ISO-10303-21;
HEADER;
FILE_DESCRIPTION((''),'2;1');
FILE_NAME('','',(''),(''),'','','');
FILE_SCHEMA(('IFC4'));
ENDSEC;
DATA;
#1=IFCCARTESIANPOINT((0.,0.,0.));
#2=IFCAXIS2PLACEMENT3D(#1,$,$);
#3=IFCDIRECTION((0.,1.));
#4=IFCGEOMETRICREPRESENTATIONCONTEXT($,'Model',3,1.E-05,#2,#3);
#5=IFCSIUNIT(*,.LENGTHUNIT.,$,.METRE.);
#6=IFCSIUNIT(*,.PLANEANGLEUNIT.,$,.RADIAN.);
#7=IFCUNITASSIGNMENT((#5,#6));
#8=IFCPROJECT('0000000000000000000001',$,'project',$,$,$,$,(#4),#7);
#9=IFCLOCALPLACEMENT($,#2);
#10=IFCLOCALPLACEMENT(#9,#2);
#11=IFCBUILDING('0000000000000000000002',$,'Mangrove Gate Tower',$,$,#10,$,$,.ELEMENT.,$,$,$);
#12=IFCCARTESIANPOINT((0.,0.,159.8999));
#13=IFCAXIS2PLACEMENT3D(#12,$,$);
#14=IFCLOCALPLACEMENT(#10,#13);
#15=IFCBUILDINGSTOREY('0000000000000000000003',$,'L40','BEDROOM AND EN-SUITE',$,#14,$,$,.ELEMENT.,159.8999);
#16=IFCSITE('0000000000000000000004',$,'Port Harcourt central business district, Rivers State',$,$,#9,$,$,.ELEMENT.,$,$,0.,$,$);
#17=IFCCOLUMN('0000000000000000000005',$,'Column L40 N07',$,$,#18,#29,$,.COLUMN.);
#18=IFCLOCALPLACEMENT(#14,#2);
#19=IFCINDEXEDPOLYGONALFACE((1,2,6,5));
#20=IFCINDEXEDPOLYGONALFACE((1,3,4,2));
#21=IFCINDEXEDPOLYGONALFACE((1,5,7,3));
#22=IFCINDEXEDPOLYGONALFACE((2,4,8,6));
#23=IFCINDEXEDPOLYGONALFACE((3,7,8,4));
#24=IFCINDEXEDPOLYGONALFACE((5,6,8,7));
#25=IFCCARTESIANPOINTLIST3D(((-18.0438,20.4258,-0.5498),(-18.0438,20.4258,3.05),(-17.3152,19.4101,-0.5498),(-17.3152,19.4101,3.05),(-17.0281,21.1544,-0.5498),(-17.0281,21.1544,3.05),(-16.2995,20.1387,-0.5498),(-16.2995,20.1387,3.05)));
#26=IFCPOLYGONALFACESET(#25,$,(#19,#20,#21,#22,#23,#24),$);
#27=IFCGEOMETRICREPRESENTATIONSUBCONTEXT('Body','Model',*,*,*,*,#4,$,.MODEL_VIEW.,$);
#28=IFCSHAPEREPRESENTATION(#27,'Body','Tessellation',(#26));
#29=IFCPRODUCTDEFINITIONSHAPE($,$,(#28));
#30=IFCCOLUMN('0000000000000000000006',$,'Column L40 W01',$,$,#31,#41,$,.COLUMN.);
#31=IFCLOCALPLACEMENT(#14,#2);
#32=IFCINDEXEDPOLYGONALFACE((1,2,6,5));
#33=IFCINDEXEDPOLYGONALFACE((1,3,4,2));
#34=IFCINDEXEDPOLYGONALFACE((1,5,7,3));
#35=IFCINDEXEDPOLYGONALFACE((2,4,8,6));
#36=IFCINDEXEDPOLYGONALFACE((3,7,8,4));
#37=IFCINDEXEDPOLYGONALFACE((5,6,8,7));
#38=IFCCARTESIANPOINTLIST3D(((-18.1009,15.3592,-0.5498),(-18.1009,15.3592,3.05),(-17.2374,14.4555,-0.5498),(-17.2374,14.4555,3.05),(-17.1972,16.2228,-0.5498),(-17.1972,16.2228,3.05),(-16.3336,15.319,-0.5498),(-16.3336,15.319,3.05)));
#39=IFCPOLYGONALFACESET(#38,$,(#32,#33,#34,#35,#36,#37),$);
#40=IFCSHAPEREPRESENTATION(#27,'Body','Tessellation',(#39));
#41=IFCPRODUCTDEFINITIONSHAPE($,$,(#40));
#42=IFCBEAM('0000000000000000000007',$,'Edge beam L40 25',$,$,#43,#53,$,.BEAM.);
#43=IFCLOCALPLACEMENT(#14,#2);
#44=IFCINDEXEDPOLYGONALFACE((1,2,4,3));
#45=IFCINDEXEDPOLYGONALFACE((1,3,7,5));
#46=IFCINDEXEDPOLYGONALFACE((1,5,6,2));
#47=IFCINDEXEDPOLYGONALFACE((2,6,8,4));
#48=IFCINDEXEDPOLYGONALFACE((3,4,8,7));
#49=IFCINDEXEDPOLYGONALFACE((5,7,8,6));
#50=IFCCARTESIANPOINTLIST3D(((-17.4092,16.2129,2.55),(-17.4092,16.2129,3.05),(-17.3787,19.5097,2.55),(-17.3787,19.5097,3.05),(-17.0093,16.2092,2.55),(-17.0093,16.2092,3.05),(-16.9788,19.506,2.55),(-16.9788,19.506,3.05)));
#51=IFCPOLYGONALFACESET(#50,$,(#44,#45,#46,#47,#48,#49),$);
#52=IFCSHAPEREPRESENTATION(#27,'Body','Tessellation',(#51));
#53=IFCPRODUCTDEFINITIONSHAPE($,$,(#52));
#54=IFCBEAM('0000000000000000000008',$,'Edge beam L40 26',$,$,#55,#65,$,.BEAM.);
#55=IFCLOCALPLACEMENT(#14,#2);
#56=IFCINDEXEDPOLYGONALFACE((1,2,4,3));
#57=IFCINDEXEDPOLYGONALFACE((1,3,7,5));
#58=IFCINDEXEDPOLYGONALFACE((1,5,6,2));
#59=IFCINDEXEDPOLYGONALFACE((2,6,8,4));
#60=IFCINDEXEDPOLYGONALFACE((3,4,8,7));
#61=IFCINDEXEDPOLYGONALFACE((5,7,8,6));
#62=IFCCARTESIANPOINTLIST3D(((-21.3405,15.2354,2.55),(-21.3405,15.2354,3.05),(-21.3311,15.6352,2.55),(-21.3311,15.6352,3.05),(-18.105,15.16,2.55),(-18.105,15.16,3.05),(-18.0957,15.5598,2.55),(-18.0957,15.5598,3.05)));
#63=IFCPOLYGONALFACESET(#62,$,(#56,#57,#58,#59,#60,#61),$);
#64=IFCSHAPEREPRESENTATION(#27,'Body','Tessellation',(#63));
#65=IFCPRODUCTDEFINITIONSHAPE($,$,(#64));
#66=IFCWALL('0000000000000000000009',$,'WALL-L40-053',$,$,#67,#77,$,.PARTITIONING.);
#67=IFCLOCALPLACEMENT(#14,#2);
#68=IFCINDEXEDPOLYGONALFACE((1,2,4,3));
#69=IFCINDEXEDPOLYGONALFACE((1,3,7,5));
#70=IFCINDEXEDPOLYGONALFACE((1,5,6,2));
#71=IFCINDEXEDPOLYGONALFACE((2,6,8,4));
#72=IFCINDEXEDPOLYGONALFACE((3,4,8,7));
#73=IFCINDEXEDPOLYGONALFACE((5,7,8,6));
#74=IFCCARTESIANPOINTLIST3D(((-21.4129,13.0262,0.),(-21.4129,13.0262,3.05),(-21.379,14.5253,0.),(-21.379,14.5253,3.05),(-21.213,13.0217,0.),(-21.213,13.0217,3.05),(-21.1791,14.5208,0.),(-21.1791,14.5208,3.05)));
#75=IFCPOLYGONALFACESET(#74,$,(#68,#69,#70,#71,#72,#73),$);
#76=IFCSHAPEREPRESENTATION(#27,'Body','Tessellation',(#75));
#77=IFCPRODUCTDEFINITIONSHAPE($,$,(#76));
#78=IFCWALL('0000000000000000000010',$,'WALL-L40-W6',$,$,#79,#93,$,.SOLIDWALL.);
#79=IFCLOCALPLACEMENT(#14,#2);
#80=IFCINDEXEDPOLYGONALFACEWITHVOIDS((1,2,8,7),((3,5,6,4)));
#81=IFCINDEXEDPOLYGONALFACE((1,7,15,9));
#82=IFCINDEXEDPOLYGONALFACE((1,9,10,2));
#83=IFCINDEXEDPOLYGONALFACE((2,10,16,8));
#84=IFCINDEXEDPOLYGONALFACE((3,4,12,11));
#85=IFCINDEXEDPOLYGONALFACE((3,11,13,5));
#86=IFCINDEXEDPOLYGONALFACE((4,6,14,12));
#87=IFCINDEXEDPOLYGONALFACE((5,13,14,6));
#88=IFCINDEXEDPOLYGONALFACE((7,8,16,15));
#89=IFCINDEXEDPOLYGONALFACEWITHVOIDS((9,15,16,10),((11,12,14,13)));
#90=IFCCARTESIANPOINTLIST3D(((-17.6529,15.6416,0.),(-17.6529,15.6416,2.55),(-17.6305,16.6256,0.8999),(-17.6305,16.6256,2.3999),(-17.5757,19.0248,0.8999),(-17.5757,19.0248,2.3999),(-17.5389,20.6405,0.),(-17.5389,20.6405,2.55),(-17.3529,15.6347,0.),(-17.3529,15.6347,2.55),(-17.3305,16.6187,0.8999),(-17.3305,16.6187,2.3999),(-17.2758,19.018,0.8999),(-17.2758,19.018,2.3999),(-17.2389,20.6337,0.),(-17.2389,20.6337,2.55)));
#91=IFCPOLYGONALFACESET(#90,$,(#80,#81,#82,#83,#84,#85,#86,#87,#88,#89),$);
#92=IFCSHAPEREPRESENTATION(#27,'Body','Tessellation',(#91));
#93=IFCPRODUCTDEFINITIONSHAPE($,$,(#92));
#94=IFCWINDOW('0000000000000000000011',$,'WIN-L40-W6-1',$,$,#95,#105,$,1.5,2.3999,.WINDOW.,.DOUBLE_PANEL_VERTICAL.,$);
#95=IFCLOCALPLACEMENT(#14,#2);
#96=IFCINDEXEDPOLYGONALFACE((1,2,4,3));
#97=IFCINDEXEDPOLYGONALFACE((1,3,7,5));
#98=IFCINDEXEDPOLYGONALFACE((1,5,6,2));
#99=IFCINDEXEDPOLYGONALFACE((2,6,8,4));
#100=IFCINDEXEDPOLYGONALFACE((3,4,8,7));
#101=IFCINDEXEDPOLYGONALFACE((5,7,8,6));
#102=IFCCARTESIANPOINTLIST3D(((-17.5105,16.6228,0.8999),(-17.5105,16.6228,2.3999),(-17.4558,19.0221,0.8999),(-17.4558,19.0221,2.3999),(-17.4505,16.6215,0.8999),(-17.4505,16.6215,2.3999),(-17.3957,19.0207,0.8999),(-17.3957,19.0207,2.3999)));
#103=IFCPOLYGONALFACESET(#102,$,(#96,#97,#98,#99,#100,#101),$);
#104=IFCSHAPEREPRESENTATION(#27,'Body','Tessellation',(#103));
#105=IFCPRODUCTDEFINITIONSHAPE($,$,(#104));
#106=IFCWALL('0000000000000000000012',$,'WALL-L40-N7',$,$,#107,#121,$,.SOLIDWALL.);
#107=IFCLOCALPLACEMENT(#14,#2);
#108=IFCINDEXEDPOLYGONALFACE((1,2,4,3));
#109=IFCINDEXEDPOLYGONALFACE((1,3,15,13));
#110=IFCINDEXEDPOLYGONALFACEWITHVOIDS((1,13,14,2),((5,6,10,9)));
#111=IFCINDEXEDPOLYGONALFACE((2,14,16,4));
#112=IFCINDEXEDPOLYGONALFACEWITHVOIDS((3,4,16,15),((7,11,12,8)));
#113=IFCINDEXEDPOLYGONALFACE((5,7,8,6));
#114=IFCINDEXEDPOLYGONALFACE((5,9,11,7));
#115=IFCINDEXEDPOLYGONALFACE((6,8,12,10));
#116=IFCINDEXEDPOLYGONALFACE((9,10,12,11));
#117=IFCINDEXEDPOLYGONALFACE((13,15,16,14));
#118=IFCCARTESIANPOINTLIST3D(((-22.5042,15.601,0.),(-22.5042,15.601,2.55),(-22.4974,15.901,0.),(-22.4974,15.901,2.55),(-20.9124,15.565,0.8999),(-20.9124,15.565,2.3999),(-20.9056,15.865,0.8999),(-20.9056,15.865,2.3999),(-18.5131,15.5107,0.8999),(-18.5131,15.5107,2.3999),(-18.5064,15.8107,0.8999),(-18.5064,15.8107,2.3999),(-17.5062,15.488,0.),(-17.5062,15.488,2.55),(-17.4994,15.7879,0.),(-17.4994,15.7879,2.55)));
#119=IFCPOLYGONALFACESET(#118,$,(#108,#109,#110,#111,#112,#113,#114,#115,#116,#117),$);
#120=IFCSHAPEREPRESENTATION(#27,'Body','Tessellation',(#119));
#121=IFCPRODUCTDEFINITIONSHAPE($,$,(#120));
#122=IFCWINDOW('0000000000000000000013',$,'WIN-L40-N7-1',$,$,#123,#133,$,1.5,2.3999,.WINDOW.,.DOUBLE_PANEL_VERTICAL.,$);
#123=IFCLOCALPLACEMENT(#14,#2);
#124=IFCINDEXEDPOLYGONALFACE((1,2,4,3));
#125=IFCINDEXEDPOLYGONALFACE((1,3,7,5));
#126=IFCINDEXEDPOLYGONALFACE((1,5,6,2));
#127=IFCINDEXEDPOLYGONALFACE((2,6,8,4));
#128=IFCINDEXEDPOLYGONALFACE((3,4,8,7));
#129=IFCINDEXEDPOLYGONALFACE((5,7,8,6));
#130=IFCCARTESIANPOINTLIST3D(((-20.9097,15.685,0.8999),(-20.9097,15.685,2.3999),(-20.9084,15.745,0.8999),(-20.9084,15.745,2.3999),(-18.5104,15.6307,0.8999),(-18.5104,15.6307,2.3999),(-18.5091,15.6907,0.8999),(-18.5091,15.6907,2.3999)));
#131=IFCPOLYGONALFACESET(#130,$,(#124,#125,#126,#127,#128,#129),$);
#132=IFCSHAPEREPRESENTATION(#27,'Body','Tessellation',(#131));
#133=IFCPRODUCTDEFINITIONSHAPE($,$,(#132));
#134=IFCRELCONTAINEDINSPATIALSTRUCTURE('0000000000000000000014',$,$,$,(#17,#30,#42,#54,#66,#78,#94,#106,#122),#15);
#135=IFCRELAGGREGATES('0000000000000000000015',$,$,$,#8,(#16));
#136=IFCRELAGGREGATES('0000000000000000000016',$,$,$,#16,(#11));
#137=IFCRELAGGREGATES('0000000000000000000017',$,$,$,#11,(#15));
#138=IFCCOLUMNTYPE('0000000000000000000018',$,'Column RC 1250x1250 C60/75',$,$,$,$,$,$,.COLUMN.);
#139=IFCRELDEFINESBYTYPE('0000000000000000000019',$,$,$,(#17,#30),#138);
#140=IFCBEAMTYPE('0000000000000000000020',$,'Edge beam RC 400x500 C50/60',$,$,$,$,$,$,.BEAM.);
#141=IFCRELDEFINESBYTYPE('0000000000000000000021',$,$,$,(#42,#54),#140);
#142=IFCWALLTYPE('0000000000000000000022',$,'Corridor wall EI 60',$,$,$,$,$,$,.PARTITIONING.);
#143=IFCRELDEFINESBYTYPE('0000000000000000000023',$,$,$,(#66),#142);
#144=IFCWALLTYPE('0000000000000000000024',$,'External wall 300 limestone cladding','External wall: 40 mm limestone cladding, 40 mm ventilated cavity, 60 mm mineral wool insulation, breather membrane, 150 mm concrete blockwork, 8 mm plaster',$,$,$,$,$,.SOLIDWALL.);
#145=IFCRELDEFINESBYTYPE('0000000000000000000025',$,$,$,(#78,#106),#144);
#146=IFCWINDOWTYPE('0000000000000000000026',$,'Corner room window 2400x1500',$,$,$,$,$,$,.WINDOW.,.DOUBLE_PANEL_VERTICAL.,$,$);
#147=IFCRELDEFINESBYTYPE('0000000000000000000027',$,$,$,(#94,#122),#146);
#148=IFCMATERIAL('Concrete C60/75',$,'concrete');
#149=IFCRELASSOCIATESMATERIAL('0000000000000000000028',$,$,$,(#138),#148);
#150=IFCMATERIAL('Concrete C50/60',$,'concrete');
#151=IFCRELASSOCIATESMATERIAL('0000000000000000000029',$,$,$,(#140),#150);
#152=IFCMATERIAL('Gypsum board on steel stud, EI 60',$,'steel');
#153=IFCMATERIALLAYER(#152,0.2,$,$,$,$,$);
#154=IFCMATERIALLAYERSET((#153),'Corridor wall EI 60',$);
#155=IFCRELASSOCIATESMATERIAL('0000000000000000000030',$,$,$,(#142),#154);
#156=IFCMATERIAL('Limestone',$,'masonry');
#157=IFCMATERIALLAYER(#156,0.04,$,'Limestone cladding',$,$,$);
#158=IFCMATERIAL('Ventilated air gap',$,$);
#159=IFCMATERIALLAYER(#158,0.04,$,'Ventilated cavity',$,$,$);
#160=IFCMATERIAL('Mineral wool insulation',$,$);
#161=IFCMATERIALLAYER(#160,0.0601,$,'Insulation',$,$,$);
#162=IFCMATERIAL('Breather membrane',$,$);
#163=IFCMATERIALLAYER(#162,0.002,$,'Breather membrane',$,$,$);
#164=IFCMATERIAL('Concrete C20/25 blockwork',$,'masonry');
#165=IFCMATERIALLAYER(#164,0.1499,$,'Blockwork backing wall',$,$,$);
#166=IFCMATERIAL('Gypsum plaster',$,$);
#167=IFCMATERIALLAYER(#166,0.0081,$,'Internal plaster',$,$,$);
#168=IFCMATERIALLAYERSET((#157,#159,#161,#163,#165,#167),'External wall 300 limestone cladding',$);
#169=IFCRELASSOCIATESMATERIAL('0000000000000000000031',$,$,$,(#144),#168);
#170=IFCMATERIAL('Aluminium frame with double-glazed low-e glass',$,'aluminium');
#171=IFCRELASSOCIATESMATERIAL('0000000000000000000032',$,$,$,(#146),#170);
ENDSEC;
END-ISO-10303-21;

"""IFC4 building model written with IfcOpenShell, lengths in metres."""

from ifc_helpers import new_model, si_unit, direction, frame, frame_2d, origin, origin_2d, place, context, subcontext, project, spatial, rectangle, extrude, material, layer, layer_set, material_profile, profile_set, type_object, element, fill, save


model = new_model("IFC4")

# Units and contexts
model_context = context("Model", 3, precision=1e-05, world=origin(), true_north=direction((0.0, 1.0)))
body_context = subcontext(model_context, "Body", "Model", "MODEL_VIEW")
ifc_project = project(units=[si_unit("LENGTHUNIT", "METRE"), si_unit("PLANEANGLEUNIT", "RADIAN")], contexts=[model_context])

# Site, building, storey
site_placement = place(None, origin())
site = spatial("IfcSite", under=ifc_project, at=site_placement, Name="Port Harcourt central business district, Rivers State", CompositionType="ELEMENT", RefElevation=0.0)
building_placement = place(site_placement, origin())
building = spatial("IfcBuilding", under=site, at=building_placement, Name="Mangrove Gate Tower", CompositionType="ELEMENT")
storey_placement = place(building_placement, frame((0.0, 0.0, 159.8999)))
storey = spatial("IfcBuildingStorey", under=building, at=storey_placement, Name="L40", Description="BEDROOM AND EN-SUITE", CompositionType="ELEMENT", Elevation=159.8999)

# Columns
ifc_material_1 = material(Name="Concrete C60/75", Category="concrete")
ifc_material_profile_1 = material_profile(ifc_material_1, rectangle(XDim=1.25, YDim=1.25, at=origin_2d()))
ifc_profile_set_1 = profile_set([ifc_material_profile_1], Name="Concrete C60/75")
column_type = type_object("IfcColumnType", Name="Column RC 1250x1250 C60/75", PredefinedType="COLUMN", material=ifc_profile_set_1)
for number, where, z_axis, x_axis, name in (
    (1, (-17.1716, 20.2822, -0.5498), (0.0, 0.0, 1.0), (-0.812546, -0.582898, 0.0), "Column L40 N07"),
    (2, (-17.2173, 15.3391, -0.5498), (0.0, 0.0, 1.0), (-0.722977, -0.690873, 0.0), "Column L40 W01"),
):
    element("IfcColumn", number, at=place(storey_placement, frame(where, z_axis=z_axis, x_axis=x_axis)), inside=storey, type_object=column_type, Name=name, PredefinedType="COLUMN", context=body_context, shape_type="SweptSolid", body=[
        extrude(rectangle(XDim=1.25, YDim=1.25, at=origin_2d()), origin(), (0.0, 0.0, 1.0), 3.5999),
    ])

# Beams
ifc_material_2 = material(Name="Concrete C50/60", Category="concrete")
ifc_material_profile_2 = material_profile(ifc_material_2, rectangle(XDim=0.3999, YDim=0.5, at=origin_2d()))
ifc_profile_set_2 = profile_set([ifc_material_profile_2], Name="Concrete C50/60")
beam_type = type_object("IfcBeamType", Name="Edge beam RC 400x500 C50/60", PredefinedType="BEAM", material=ifc_profile_set_2)
beam_1_placement = place(storey_placement, frame((-17.1787, 19.5078, 2.8), z_axis=(-0.009257, -0.999957, 0.0), x_axis=(0.999957, -0.009257, 0.0)))
element("IfcBeam", 3, at=beam_1_placement, inside=storey, type_object=beam_type, Name="Edge beam L40 25", PredefinedType="BEAM", context=body_context, shape_type="SweptSolid", body=[
    extrude(rectangle(XDim=0.3999, YDim=0.5, at=origin_2d()), origin(), (0.0, 0.0, 1.0), 3.2969),
])
beam_2_placement = place(storey_placement, frame((-18.1003, 15.3599, 2.8), z_axis=(-0.999728, 0.023311, 0.0), x_axis=(-0.023311, -0.999728, 0.0)))
element("IfcBeam", 4, at=beam_2_placement, inside=storey, type_object=beam_type, Name="Edge beam L40 26", PredefinedType="BEAM", context=body_context, shape_type="SweptSolid", body=[
    extrude(rectangle(XDim=0.3999, YDim=0.5, at=origin_2d()), origin(), (0.0, 0.0, 1.0), 3.2363),
])

# Wall
ifc_material_3 = material(Name="Gypsum board on steel stud, EI 60", Category="steel")
ifc_layer_1 = layer(ifc_material_3, 0.2)
ifc_layer_set_1 = layer_set([ifc_layer_1], Name="Corridor wall EI 60")
wall_type_1 = type_object("IfcWallType", Name="Corridor wall EI 60", PredefinedType="PARTITIONING", material=ifc_layer_set_1)
wall_1_placement = place(storey_placement, frame((-21.313, 13.0239, 0.0), z_axis=(0.0, 0.0, 1.0), x_axis=(0.022633, 0.999744, 0.0)))
element("IfcWall", 5, at=wall_1_placement, inside=storey, type_object=wall_type_1, Name="WALL-L40-053", PredefinedType="PARTITIONING", context=body_context, shape_type="SweptSolid", body=[
    extrude(rectangle(XDim=1.4995, YDim=0.2, at=frame_2d((0.7498, 0.0))), origin(), (0.0, 0.0, 1.0), 3.05),
])

# Walls, openings, windows
ifc_material_4 = material(Name="Limestone", Category="masonry")
ifc_layer_2 = layer(ifc_material_4, 0.04, Name="Limestone cladding")
ifc_material_5 = material(Name="Ventilated air gap")
ifc_layer_3 = layer(ifc_material_5, 0.04, Name="Ventilated cavity")
ifc_material_6 = material(Name="Mineral wool insulation")
ifc_layer_4 = layer(ifc_material_6, 0.0601, Name="Insulation")
ifc_material_7 = material(Name="Breather membrane")
ifc_layer_5 = layer(ifc_material_7, 0.002, Name="Breather membrane")
ifc_material_8 = material(Name="Concrete C20/25 blockwork", Category="masonry")
ifc_layer_6 = layer(ifc_material_8, 0.1499, Name="Blockwork backing wall")
ifc_material_9 = material(Name="Gypsum plaster")
ifc_layer_7 = layer(ifc_material_9, 0.0081, Name="Internal plaster")
ifc_layer_set_2 = layer_set([ifc_layer_2, ifc_layer_3, ifc_layer_4, ifc_layer_5, ifc_layer_6, ifc_layer_7], Name="External wall 300 limestone cladding")
wall_type_2 = type_object("IfcWallType", Name="External wall 300 limestone cladding", Description="External wall: 40 mm limestone cladding, 40 mm ventilated cavity, 60 mm mineral wool insulation, breather membrane, 150 mm concrete blockwork, 8 mm plaster", PredefinedType="SOLIDWALL", material=ifc_layer_set_2)
wall_2_placement = place(storey_placement, frame((-17.3889, 20.637, 0.0), z_axis=(0.0, 0.0, 1.0), x_axis=(-0.022801, -0.99974, 0.0)))
wall_2 = element("IfcWall", 6, at=wall_2_placement, inside=storey, type_object=wall_type_2, Name="WALL-L40-W6", PredefinedType="SOLIDWALL", context=body_context, shape_type="SweptSolid", body=[
    extrude(rectangle(XDim=5.0002, YDim=0.3, at=frame_2d((2.5, 0.0))), origin(), (0.0, 0.0, 1.0), 2.55),
])
opening_1_placement = place(wall_2_placement, frame((1.616, 0.0, 0.8999)))
opening_1 = element("IfcOpeningElement", 7, at=opening_1_placement, cuts=wall_2, PredefinedType="OPENING", context=body_context, shape_type="SweptSolid", body=[
    extrude(rectangle(XDim=2.3999, YDim=1.5, at=frame_2d((1.2, 0.75))), frame((0.0, 0.1599, 0.0), z_axis=(0.0, -1.0, 0.0), x_axis=(1.0, 0.0, 0.0)), (0.0, 0.0, 1.0), 0.3201),
])
ifc_material_10 = material(Name="Aluminium frame with double-glazed low-e glass", Category="aluminium")
window_type = type_object("IfcWindowType", Name="Corner room window 2400x1500", PartitioningType="DOUBLE_PANEL_VERTICAL", PredefinedType="WINDOW", material=ifc_material_10)
window_1_placement = place(opening_1_placement, origin())
window_1 = element("IfcWindow", 8, at=window_1_placement, inside=storey, type_object=window_type, Name="WIN-L40-W6-1", OverallHeight=1.5, OverallWidth=2.3999, PartitioningType="DOUBLE_PANEL_VERTICAL", PredefinedType="WINDOW", context=body_context, shape_type="SweptSolid", body=[
    extrude(rectangle(XDim=2.3999, YDim=1.5, at=frame_2d((1.2, 0.75))), frame((0.0, 0.03, 0.0), z_axis=(0.0, -1.0, 0.0), x_axis=(1.0, 0.0, 0.0)), (0.0, 0.0, 1.0), 0.0601),
])
fill(opening_1, window_1)
wall_3_placement = place(storey_placement, frame((-17.5029, 15.6379, 0.0), z_axis=(0.0, 0.0, 1.0), x_axis=(-0.999744, 0.02261, 0.0)))
wall_3 = element("IfcWall", 9, at=wall_3_placement, inside=storey, type_object=wall_type_2, Name="WALL-L40-N7", PredefinedType="SOLIDWALL", context=body_context, shape_type="SweptSolid", body=[
    extrude(rectangle(XDim=4.9993, YDim=0.3, at=frame_2d((2.4995, 0.0))), origin(), (0.0, 0.0, 1.0), 2.55),
])
opening_2_placement = place(wall_3_placement, frame((1.0071, 0.0, 0.8999)))
opening_2 = element("IfcOpeningElement", 10, at=opening_2_placement, cuts=wall_3, PredefinedType="OPENING", context=body_context, shape_type="SweptSolid", body=[
    extrude(rectangle(XDim=2.3999, YDim=1.5, at=frame_2d((1.2, 0.75))), frame((0.0, 0.1599, 0.0), z_axis=(0.0, -1.0, 0.0), x_axis=(1.0, 0.0, 0.0)), (0.0, 0.0, 1.0), 0.3201),
])
window_2_placement = place(opening_2_placement, origin())
window_2 = element("IfcWindow", 11, at=window_2_placement, inside=storey, type_object=window_type, Name="WIN-L40-N7-1", OverallHeight=1.5, OverallWidth=2.3999, PartitioningType="DOUBLE_PANEL_VERTICAL", PredefinedType="WINDOW", context=body_context, shape_type="SweptSolid", body=[
    extrude(rectangle(XDim=2.3999, YDim=1.5, at=frame_2d((1.2, 0.75))), frame((0.0, 0.03, 0.0), z_axis=(0.0, -1.0, 0.0), x_axis=(1.0, 0.0, 0.0)), (0.0, 0.0, 1.0), 0.0601),
])
fill(opening_2, window_2)

save(model, "model.ifc")
